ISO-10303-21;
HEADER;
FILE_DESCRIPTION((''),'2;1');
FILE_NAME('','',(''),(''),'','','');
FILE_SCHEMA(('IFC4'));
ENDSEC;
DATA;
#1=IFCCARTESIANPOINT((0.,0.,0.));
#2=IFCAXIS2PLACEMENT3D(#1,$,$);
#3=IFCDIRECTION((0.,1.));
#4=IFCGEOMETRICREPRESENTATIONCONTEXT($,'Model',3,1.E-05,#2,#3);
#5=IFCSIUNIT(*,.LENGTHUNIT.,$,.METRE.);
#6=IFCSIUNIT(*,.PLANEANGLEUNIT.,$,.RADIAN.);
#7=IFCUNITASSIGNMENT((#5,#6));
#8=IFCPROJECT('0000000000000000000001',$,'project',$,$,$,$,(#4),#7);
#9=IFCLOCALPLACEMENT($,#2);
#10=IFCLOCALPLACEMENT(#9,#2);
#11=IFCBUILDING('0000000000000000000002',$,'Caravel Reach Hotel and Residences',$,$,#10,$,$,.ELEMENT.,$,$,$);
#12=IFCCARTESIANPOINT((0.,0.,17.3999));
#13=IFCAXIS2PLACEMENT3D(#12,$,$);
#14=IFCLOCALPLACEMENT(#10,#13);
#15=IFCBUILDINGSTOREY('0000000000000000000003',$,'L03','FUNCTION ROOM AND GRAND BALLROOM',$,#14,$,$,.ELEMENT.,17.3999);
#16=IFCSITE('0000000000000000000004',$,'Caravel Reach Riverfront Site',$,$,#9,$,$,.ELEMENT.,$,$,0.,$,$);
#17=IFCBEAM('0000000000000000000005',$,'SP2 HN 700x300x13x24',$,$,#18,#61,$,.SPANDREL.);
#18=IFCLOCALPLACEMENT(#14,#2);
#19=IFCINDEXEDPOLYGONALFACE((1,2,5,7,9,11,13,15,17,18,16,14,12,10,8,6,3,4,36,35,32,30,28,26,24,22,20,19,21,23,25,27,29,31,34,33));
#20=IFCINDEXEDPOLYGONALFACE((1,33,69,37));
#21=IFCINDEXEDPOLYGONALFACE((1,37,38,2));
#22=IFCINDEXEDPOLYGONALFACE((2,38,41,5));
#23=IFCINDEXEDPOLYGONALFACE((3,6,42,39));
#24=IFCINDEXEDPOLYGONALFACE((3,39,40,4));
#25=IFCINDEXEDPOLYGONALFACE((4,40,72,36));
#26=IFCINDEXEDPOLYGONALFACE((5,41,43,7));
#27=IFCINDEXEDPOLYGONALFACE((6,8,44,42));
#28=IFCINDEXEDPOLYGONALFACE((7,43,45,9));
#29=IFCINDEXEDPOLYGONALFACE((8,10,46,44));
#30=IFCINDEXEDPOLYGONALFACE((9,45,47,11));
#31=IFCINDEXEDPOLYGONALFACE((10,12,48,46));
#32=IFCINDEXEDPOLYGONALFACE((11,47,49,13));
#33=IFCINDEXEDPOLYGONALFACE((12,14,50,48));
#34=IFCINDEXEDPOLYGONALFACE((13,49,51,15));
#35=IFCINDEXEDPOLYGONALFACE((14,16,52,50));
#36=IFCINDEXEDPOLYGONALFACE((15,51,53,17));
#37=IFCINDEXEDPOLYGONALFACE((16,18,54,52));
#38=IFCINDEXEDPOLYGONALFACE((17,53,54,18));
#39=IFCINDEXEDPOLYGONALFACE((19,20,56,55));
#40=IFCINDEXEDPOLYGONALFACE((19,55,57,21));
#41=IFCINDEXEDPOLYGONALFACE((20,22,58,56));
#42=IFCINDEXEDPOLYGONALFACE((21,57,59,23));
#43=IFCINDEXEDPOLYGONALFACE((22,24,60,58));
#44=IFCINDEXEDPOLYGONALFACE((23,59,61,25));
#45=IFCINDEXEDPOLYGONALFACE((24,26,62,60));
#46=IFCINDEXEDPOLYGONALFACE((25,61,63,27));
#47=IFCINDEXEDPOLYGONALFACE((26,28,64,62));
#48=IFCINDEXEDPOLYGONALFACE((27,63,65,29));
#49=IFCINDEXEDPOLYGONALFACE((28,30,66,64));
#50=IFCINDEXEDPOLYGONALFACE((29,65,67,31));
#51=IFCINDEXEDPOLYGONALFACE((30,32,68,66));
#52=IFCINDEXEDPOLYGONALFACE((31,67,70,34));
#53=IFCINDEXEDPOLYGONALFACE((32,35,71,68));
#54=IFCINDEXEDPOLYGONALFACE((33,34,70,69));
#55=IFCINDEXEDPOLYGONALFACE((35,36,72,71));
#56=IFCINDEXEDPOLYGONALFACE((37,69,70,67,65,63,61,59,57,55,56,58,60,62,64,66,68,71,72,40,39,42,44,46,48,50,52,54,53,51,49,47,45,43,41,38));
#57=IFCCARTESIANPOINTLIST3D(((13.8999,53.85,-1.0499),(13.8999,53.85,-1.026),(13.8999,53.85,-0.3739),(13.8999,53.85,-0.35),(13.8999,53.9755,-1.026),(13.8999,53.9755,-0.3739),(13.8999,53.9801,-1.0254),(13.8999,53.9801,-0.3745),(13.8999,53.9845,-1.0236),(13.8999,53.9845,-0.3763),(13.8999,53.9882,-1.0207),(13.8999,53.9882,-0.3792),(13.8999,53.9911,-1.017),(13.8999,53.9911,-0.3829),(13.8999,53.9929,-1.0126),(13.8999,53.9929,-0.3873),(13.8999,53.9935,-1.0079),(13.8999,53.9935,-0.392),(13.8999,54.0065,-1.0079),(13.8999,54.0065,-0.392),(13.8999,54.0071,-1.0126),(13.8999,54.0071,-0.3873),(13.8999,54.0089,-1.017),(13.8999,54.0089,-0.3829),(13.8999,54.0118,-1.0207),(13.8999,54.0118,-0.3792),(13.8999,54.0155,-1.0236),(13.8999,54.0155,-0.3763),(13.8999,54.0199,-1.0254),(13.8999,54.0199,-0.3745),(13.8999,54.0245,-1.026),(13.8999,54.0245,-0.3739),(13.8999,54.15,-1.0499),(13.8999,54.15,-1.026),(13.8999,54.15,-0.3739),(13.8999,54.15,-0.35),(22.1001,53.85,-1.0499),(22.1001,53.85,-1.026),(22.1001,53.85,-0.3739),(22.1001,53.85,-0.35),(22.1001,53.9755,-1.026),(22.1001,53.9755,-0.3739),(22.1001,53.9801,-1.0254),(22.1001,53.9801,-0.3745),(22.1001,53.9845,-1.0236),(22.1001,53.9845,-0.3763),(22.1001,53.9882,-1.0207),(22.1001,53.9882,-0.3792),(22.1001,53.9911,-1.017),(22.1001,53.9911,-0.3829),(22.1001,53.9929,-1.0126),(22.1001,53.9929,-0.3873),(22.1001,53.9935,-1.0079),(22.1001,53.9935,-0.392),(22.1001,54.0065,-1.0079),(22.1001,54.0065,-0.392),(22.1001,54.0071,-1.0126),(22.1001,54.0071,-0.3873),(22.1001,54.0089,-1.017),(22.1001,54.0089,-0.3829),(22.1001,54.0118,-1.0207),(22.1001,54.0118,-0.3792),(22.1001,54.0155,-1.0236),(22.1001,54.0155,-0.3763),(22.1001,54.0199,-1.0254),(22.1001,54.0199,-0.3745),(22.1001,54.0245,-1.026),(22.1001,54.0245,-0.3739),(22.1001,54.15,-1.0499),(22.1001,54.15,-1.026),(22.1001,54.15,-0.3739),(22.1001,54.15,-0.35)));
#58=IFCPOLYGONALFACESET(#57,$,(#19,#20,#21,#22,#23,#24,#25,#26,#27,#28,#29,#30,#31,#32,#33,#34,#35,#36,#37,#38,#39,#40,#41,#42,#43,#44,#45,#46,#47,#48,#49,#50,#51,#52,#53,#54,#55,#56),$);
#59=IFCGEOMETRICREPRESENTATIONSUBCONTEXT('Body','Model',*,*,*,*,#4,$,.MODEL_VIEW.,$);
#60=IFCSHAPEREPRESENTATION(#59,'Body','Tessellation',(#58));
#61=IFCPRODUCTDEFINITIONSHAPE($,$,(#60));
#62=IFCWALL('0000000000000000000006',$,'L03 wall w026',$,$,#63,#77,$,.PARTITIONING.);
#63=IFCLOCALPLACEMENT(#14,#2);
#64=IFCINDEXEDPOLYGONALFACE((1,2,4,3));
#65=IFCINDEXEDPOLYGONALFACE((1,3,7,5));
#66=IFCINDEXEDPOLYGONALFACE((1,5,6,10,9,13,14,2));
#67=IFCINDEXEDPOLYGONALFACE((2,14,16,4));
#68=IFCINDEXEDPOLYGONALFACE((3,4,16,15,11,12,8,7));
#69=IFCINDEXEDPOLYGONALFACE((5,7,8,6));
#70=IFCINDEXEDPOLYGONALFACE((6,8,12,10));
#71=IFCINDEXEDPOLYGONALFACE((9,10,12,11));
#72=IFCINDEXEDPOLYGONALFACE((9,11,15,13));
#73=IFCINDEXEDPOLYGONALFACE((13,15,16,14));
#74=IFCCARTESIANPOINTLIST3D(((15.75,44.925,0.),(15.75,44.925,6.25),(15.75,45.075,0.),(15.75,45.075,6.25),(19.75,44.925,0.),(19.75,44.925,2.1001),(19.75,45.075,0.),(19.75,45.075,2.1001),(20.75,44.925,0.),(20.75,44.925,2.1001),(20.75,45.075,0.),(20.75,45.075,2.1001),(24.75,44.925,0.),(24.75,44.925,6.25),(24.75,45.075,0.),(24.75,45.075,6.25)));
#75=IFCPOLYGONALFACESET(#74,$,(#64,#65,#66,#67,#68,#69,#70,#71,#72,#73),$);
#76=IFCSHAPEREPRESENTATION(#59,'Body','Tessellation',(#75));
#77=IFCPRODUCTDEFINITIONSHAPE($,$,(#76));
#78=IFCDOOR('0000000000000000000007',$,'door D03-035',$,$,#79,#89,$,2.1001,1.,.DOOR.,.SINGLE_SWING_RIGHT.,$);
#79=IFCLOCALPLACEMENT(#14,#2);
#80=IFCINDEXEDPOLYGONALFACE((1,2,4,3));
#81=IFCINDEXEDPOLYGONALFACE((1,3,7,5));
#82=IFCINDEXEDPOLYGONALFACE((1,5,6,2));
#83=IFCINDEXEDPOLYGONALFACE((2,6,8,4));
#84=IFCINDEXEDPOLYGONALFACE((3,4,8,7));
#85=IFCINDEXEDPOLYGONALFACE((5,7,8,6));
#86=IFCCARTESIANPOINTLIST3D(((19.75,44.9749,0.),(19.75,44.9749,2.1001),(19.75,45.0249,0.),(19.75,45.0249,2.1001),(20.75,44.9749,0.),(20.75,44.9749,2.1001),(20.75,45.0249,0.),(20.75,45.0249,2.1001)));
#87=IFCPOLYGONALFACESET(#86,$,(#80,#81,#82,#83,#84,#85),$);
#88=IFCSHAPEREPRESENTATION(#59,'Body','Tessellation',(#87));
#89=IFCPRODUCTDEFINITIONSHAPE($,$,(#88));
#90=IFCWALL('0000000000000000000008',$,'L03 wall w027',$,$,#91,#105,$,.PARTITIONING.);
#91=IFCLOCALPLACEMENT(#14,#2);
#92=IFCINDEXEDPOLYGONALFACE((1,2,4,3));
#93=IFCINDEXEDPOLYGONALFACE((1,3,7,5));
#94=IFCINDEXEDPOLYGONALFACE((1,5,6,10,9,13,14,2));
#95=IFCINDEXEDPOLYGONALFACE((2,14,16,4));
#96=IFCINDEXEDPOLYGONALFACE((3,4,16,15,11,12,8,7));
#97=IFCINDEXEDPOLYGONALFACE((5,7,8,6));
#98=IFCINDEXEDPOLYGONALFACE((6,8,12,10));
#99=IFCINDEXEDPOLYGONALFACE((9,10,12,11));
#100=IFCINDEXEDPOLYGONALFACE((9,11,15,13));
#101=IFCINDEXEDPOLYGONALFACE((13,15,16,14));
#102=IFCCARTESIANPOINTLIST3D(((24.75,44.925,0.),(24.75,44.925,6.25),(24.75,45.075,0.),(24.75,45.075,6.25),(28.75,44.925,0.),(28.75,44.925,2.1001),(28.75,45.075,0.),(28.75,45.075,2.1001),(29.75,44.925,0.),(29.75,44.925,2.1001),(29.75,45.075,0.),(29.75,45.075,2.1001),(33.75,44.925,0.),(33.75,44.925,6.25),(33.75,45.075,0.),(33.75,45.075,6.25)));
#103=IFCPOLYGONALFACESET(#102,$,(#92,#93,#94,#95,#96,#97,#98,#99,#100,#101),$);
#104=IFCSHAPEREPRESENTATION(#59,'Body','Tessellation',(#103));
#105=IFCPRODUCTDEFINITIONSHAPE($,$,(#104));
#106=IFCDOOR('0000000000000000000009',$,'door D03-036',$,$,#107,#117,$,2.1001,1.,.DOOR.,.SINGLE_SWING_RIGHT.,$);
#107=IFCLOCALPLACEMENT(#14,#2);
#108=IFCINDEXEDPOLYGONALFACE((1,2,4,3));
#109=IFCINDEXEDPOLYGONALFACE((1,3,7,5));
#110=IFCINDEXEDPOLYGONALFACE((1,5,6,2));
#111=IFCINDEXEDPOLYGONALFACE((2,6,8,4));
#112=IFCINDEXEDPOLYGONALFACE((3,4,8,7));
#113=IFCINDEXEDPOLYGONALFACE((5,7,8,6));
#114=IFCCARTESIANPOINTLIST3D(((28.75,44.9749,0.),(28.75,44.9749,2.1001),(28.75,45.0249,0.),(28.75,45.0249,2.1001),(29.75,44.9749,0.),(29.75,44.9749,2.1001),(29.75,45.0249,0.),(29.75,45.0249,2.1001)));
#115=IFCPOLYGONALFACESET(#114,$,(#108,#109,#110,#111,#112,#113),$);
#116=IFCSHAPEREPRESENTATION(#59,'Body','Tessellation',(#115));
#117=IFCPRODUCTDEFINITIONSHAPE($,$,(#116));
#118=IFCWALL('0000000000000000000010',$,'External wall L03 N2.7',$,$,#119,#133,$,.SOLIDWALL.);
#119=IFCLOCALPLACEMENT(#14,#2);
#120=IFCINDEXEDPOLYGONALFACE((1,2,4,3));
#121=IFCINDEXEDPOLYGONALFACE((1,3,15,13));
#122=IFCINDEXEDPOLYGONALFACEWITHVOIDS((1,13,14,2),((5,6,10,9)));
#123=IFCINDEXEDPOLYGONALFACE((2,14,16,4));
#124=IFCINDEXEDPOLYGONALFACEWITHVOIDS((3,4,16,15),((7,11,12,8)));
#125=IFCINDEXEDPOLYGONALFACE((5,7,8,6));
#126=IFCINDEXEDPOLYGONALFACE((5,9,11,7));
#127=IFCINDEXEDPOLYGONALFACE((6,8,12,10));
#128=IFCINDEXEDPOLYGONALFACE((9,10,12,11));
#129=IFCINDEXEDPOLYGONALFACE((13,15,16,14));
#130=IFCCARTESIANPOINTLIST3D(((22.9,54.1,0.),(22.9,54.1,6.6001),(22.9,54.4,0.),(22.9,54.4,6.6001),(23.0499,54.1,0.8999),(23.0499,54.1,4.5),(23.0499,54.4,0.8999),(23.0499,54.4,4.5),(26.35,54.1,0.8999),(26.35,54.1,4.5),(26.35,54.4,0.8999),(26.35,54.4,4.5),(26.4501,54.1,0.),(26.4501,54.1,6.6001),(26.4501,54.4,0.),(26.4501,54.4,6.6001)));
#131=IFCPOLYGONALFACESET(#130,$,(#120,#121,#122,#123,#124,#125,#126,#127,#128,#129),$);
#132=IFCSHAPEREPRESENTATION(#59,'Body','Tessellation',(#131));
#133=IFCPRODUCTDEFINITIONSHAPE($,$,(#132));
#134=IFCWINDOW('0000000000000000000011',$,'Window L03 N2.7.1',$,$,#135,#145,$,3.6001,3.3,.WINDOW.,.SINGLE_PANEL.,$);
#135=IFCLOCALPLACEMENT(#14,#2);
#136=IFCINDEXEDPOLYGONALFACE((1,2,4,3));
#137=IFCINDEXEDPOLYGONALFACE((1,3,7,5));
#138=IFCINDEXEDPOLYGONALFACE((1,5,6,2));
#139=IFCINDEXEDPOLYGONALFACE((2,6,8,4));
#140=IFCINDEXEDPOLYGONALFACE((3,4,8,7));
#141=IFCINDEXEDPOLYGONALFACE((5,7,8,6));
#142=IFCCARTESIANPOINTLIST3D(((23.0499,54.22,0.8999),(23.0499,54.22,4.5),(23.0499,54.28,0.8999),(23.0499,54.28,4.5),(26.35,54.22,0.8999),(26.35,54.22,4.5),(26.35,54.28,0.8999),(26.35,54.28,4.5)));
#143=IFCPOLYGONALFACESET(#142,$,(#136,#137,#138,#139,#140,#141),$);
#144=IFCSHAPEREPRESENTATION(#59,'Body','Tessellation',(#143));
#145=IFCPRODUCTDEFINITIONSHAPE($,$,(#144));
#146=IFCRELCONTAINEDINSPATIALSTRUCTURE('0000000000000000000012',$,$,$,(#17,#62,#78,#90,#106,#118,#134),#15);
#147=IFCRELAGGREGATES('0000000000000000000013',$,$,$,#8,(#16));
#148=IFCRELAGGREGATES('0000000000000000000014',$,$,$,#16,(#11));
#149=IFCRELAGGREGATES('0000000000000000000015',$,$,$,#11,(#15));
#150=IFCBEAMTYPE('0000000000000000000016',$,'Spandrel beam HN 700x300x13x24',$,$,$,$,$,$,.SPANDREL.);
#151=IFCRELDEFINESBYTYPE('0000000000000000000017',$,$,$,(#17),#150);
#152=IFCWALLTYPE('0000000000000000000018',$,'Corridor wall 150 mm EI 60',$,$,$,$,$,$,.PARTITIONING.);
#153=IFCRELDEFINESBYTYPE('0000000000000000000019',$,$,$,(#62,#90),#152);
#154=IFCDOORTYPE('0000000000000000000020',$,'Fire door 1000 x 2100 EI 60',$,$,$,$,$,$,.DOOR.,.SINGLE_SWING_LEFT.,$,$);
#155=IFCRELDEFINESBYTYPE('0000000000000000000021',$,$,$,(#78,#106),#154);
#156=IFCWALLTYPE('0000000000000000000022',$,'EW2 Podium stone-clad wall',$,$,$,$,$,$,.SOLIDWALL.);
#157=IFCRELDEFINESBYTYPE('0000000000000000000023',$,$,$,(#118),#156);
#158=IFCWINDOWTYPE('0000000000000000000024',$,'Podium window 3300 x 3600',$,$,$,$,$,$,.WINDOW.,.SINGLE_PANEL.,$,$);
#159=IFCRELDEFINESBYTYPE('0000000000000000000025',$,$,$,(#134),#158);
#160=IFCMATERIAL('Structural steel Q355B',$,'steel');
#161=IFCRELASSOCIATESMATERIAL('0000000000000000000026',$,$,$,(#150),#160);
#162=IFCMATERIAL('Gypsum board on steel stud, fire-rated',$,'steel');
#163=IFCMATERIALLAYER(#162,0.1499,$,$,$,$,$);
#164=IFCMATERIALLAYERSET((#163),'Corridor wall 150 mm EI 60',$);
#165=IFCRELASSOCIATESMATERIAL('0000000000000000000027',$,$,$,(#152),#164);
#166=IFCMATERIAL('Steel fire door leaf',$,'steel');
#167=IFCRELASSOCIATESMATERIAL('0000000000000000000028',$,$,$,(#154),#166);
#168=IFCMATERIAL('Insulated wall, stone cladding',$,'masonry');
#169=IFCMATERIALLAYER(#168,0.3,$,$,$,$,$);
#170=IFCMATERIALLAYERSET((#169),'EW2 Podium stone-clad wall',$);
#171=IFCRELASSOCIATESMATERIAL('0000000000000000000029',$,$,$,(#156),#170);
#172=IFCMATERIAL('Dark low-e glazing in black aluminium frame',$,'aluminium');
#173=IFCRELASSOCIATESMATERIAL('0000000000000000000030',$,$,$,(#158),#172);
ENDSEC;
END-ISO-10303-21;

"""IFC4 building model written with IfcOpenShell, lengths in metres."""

from ifc_helpers import new_model, si_unit, direction, frame, frame_2d, origin, origin_2d, place, context, subcontext, project, spatial, rectangle, i_section, extrude, material, layer, layer_set, material_profile, profile_set, type_object, element, fill, save


model = new_model("IFC4")

# Units and contexts
model_context = context("Model", 3, precision=1e-05, world=origin(), true_north=direction((0.0, 1.0)))
body_context = subcontext(model_context, "Body", "Model", "MODEL_VIEW")
ifc_project = project(units=[si_unit("LENGTHUNIT", "METRE"), si_unit("PLANEANGLEUNIT", "RADIAN")], contexts=[model_context])

# Site, building, storey
site_placement = place(None, origin())
site = spatial("IfcSite", under=ifc_project, at=site_placement, Name="Caravel Reach Riverfront Site", CompositionType="ELEMENT", RefElevation=0.0)
building_placement = place(site_placement, origin())
building = spatial("IfcBuilding", under=site, at=building_placement, Name="Caravel Reach Hotel and Residences", CompositionType="ELEMENT")
storey_placement = place(building_placement, frame((0.0, 0.0, 17.3999)))
storey = spatial("IfcBuildingStorey", under=building, at=storey_placement, Name="L03", Description="FUNCTION ROOM AND GRAND BALLROOM", CompositionType="ELEMENT", Elevation=17.3999)

# Beam
ifc_material_1 = material(Name="Structural steel Q355B", Category="steel")
ifc_material_profile_1 = material_profile(ifc_material_1, i_section(OverallWidth=0.3, OverallDepth=0.7, WebThickness=0.0129, FlangeThickness=0.0239, FilletRadius=0.0181, at=origin_2d()), Name="HN 700x300x13x24")
ifc_profile_set_1 = profile_set([ifc_material_profile_1], Name="Structural steel Q355B")
beam_type = type_object("IfcBeamType", Name="Spandrel beam HN 700x300x13x24", PredefinedType="SPANDREL", material=ifc_profile_set_1)
beam_1_placement = place(storey_placement, frame((22.1001, 54.0, -0.7), z_axis=(-1.0, 0.0, 0.0), x_axis=(0.0, -1.0, 0.0)))
element("IfcBeam", 1, at=beam_1_placement, inside=storey, type_object=beam_type, Name="SP2 HN 700x300x13x24", PredefinedType="SPANDREL", context=body_context, shape_type="SweptSolid", body=[
    extrude(i_section(OverallWidth=0.3, OverallDepth=0.7, WebThickness=0.0129, FlangeThickness=0.0239, FilletRadius=0.0181, at=origin_2d()), origin(), (0.0, 0.0, 1.0), 8.2002),
])

# Walls, openings, doors
ifc_material_2 = material(Name="Gypsum board on steel stud, fire-rated", Category="steel")
ifc_layer_1 = layer(ifc_material_2, 0.1499)
ifc_layer_set_1 = layer_set([ifc_layer_1], Name="Corridor wall 150 mm EI 60")
wall_type_1 = type_object("IfcWallType", Name="Corridor wall 150 mm EI 60", PredefinedType="PARTITIONING", material=ifc_layer_set_1)
wall_1_placement = place(storey_placement, frame((15.75, 45.0, 0.0), z_axis=(0.0, 0.0, 1.0), x_axis=(1.0, 0.0, 0.0)))
wall_1 = element("IfcWall", 2, at=wall_1_placement, inside=storey, type_object=wall_type_1, Name="L03 wall w026", PredefinedType="PARTITIONING", context=body_context, shape_type="SweptSolid", body=[
    extrude(rectangle(XDim=9.0, YDim=0.1499, at=frame_2d((4.5, 0.0))), origin(), (0.0, 0.0, 1.0), 6.25),
])
opening_1_placement = place(wall_1_placement, frame((4.0, 0.0, 0.0)))
opening_1 = element("IfcOpeningElement", 3, at=opening_1_placement, cuts=wall_1, PredefinedType="OPENING", context=body_context, shape_type="SweptSolid", body=[
    extrude(rectangle(XDim=1.0, YDim=2.1001, at=frame_2d((0.5, 1.05))), frame((0.0, 0.085, 0.0), z_axis=(0.0, -1.0, 0.0), x_axis=(1.0, 0.0, 0.0)), (0.0, 0.0, 1.0), 0.1699),
])
ifc_material_3 = material(Name="Steel fire door leaf", Category="steel")
door_type = type_object("IfcDoorType", Name="Fire door 1000 x 2100 EI 60", OperationType="SINGLE_SWING_LEFT", PredefinedType="DOOR", material=ifc_material_3)
door_1_placement = place(opening_1_placement, origin())
door_1 = element("IfcDoor", 4, at=door_1_placement, inside=storey, type_object=door_type, Name="door D03-035", OperationType="SINGLE_SWING_RIGHT", OverallHeight=2.1001, OverallWidth=1.0, PredefinedType="DOOR", context=body_context, shape_type="SweptSolid", body=[
    extrude(rectangle(XDim=1.0, YDim=2.1001, at=frame_2d((0.5, 1.05))), frame((0.0, 0.0249, 0.0), z_axis=(0.0, -1.0, 0.0), x_axis=(1.0, 0.0, 0.0)), (0.0, 0.0, 1.0), 0.05),
])
fill(opening_1, door_1)
wall_2_placement = place(storey_placement, frame((24.75, 45.0, 0.0), z_axis=(0.0, 0.0, 1.0), x_axis=(1.0, 0.0, 0.0)))
wall_2 = element("IfcWall", 5, at=wall_2_placement, inside=storey, type_object=wall_type_1, Name="L03 wall w027", PredefinedType="PARTITIONING", context=body_context, shape_type="SweptSolid", body=[
    extrude(rectangle(XDim=9.0, YDim=0.1499, at=frame_2d((4.5, 0.0))), origin(), (0.0, 0.0, 1.0), 6.25),
])
opening_2_placement = place(wall_2_placement, frame((4.0, 0.0, 0.0)))
opening_2 = element("IfcOpeningElement", 6, at=opening_2_placement, cuts=wall_2, PredefinedType="OPENING", context=body_context, shape_type="SweptSolid", body=[
    extrude(rectangle(XDim=1.0, YDim=2.1001, at=frame_2d((0.5, 1.05))), frame((0.0, 0.085, 0.0), z_axis=(0.0, -1.0, 0.0), x_axis=(1.0, 0.0, 0.0)), (0.0, 0.0, 1.0), 0.1699),
])
door_2_placement = place(opening_2_placement, origin())
door_2 = element("IfcDoor", 7, at=door_2_placement, inside=storey, type_object=door_type, Name="door D03-036", OperationType="SINGLE_SWING_RIGHT", OverallHeight=2.1001, OverallWidth=1.0, PredefinedType="DOOR", context=body_context, shape_type="SweptSolid", body=[
    extrude(rectangle(XDim=1.0, YDim=2.1001, at=frame_2d((0.5, 1.05))), frame((0.0, 0.0249, 0.0), z_axis=(0.0, -1.0, 0.0), x_axis=(1.0, 0.0, 0.0)), (0.0, 0.0, 1.0), 0.05),
])
fill(opening_2, door_2)

# Wall, opening, window
ifc_material_4 = material(Name="Insulated wall, stone cladding", Category="masonry")
ifc_layer_2 = layer(ifc_material_4, 0.3)
ifc_layer_set_2 = layer_set([ifc_layer_2], Name="EW2 Podium stone-clad wall")
wall_type_2 = type_object("IfcWallType", Name="EW2 Podium stone-clad wall", PredefinedType="SOLIDWALL", material=ifc_layer_set_2)
wall_3_placement = place(storey_placement, frame((26.45, 54.25, 0.0), z_axis=(0.0, 0.0, 1.0), x_axis=(-1.0, 0.0, 0.0)))
wall_3 = element("IfcWall", 8, at=wall_3_placement, inside=storey, type_object=wall_type_2, Name="External wall L03 N2.7", PredefinedType="SOLIDWALL", context=body_context, shape_type="SweptSolid", body=[
    extrude(rectangle(XDim=3.55, YDim=0.3, at=frame_2d((1.7749, 0.0))), origin(), (0.0, 0.0, 1.0), 6.6001),
])
opening_3_placement = place(wall_3_placement, frame((0.1001, 0.0, 0.8999)))
opening_3 = element("IfcOpeningElement", 9, at=opening_3_placement, cuts=wall_3, PredefinedType="OPENING", context=body_context, shape_type="SweptSolid", body=[
    extrude(rectangle(XDim=3.3, YDim=3.6001, at=frame_2d((1.6499, 1.8))), frame((0.0, 0.1599, 0.0), z_axis=(0.0, -1.0, 0.0), x_axis=(1.0, 0.0, 0.0)), (0.0, 0.0, 1.0), 0.3201),
])
ifc_material_5 = material(Name="Dark low-e glazing in black aluminium frame", Category="aluminium")
window_type = type_object("IfcWindowType", Name="Podium window 3300 x 3600", PartitioningType="SINGLE_PANEL", PredefinedType="WINDOW", material=ifc_material_5)
window_1_placement = place(opening_3_placement, origin())
window_1 = element("IfcWindow", 10, at=window_1_placement, inside=storey, type_object=window_type, Name="Window L03 N2.7.1", OverallHeight=3.6001, OverallWidth=3.3, PartitioningType="SINGLE_PANEL", PredefinedType="WINDOW", context=body_context, shape_type="SweptSolid", body=[
    extrude(rectangle(XDim=3.3, YDim=3.6001, at=frame_2d((1.6499, 1.8))), frame((0.0, 0.03, 0.0), z_axis=(0.0, -1.0, 0.0), x_axis=(1.0, 0.0, 0.0)), (0.0, 0.0, 1.0), 0.0601),
])
fill(opening_3, window_1)

save(model, "model.ifc")
